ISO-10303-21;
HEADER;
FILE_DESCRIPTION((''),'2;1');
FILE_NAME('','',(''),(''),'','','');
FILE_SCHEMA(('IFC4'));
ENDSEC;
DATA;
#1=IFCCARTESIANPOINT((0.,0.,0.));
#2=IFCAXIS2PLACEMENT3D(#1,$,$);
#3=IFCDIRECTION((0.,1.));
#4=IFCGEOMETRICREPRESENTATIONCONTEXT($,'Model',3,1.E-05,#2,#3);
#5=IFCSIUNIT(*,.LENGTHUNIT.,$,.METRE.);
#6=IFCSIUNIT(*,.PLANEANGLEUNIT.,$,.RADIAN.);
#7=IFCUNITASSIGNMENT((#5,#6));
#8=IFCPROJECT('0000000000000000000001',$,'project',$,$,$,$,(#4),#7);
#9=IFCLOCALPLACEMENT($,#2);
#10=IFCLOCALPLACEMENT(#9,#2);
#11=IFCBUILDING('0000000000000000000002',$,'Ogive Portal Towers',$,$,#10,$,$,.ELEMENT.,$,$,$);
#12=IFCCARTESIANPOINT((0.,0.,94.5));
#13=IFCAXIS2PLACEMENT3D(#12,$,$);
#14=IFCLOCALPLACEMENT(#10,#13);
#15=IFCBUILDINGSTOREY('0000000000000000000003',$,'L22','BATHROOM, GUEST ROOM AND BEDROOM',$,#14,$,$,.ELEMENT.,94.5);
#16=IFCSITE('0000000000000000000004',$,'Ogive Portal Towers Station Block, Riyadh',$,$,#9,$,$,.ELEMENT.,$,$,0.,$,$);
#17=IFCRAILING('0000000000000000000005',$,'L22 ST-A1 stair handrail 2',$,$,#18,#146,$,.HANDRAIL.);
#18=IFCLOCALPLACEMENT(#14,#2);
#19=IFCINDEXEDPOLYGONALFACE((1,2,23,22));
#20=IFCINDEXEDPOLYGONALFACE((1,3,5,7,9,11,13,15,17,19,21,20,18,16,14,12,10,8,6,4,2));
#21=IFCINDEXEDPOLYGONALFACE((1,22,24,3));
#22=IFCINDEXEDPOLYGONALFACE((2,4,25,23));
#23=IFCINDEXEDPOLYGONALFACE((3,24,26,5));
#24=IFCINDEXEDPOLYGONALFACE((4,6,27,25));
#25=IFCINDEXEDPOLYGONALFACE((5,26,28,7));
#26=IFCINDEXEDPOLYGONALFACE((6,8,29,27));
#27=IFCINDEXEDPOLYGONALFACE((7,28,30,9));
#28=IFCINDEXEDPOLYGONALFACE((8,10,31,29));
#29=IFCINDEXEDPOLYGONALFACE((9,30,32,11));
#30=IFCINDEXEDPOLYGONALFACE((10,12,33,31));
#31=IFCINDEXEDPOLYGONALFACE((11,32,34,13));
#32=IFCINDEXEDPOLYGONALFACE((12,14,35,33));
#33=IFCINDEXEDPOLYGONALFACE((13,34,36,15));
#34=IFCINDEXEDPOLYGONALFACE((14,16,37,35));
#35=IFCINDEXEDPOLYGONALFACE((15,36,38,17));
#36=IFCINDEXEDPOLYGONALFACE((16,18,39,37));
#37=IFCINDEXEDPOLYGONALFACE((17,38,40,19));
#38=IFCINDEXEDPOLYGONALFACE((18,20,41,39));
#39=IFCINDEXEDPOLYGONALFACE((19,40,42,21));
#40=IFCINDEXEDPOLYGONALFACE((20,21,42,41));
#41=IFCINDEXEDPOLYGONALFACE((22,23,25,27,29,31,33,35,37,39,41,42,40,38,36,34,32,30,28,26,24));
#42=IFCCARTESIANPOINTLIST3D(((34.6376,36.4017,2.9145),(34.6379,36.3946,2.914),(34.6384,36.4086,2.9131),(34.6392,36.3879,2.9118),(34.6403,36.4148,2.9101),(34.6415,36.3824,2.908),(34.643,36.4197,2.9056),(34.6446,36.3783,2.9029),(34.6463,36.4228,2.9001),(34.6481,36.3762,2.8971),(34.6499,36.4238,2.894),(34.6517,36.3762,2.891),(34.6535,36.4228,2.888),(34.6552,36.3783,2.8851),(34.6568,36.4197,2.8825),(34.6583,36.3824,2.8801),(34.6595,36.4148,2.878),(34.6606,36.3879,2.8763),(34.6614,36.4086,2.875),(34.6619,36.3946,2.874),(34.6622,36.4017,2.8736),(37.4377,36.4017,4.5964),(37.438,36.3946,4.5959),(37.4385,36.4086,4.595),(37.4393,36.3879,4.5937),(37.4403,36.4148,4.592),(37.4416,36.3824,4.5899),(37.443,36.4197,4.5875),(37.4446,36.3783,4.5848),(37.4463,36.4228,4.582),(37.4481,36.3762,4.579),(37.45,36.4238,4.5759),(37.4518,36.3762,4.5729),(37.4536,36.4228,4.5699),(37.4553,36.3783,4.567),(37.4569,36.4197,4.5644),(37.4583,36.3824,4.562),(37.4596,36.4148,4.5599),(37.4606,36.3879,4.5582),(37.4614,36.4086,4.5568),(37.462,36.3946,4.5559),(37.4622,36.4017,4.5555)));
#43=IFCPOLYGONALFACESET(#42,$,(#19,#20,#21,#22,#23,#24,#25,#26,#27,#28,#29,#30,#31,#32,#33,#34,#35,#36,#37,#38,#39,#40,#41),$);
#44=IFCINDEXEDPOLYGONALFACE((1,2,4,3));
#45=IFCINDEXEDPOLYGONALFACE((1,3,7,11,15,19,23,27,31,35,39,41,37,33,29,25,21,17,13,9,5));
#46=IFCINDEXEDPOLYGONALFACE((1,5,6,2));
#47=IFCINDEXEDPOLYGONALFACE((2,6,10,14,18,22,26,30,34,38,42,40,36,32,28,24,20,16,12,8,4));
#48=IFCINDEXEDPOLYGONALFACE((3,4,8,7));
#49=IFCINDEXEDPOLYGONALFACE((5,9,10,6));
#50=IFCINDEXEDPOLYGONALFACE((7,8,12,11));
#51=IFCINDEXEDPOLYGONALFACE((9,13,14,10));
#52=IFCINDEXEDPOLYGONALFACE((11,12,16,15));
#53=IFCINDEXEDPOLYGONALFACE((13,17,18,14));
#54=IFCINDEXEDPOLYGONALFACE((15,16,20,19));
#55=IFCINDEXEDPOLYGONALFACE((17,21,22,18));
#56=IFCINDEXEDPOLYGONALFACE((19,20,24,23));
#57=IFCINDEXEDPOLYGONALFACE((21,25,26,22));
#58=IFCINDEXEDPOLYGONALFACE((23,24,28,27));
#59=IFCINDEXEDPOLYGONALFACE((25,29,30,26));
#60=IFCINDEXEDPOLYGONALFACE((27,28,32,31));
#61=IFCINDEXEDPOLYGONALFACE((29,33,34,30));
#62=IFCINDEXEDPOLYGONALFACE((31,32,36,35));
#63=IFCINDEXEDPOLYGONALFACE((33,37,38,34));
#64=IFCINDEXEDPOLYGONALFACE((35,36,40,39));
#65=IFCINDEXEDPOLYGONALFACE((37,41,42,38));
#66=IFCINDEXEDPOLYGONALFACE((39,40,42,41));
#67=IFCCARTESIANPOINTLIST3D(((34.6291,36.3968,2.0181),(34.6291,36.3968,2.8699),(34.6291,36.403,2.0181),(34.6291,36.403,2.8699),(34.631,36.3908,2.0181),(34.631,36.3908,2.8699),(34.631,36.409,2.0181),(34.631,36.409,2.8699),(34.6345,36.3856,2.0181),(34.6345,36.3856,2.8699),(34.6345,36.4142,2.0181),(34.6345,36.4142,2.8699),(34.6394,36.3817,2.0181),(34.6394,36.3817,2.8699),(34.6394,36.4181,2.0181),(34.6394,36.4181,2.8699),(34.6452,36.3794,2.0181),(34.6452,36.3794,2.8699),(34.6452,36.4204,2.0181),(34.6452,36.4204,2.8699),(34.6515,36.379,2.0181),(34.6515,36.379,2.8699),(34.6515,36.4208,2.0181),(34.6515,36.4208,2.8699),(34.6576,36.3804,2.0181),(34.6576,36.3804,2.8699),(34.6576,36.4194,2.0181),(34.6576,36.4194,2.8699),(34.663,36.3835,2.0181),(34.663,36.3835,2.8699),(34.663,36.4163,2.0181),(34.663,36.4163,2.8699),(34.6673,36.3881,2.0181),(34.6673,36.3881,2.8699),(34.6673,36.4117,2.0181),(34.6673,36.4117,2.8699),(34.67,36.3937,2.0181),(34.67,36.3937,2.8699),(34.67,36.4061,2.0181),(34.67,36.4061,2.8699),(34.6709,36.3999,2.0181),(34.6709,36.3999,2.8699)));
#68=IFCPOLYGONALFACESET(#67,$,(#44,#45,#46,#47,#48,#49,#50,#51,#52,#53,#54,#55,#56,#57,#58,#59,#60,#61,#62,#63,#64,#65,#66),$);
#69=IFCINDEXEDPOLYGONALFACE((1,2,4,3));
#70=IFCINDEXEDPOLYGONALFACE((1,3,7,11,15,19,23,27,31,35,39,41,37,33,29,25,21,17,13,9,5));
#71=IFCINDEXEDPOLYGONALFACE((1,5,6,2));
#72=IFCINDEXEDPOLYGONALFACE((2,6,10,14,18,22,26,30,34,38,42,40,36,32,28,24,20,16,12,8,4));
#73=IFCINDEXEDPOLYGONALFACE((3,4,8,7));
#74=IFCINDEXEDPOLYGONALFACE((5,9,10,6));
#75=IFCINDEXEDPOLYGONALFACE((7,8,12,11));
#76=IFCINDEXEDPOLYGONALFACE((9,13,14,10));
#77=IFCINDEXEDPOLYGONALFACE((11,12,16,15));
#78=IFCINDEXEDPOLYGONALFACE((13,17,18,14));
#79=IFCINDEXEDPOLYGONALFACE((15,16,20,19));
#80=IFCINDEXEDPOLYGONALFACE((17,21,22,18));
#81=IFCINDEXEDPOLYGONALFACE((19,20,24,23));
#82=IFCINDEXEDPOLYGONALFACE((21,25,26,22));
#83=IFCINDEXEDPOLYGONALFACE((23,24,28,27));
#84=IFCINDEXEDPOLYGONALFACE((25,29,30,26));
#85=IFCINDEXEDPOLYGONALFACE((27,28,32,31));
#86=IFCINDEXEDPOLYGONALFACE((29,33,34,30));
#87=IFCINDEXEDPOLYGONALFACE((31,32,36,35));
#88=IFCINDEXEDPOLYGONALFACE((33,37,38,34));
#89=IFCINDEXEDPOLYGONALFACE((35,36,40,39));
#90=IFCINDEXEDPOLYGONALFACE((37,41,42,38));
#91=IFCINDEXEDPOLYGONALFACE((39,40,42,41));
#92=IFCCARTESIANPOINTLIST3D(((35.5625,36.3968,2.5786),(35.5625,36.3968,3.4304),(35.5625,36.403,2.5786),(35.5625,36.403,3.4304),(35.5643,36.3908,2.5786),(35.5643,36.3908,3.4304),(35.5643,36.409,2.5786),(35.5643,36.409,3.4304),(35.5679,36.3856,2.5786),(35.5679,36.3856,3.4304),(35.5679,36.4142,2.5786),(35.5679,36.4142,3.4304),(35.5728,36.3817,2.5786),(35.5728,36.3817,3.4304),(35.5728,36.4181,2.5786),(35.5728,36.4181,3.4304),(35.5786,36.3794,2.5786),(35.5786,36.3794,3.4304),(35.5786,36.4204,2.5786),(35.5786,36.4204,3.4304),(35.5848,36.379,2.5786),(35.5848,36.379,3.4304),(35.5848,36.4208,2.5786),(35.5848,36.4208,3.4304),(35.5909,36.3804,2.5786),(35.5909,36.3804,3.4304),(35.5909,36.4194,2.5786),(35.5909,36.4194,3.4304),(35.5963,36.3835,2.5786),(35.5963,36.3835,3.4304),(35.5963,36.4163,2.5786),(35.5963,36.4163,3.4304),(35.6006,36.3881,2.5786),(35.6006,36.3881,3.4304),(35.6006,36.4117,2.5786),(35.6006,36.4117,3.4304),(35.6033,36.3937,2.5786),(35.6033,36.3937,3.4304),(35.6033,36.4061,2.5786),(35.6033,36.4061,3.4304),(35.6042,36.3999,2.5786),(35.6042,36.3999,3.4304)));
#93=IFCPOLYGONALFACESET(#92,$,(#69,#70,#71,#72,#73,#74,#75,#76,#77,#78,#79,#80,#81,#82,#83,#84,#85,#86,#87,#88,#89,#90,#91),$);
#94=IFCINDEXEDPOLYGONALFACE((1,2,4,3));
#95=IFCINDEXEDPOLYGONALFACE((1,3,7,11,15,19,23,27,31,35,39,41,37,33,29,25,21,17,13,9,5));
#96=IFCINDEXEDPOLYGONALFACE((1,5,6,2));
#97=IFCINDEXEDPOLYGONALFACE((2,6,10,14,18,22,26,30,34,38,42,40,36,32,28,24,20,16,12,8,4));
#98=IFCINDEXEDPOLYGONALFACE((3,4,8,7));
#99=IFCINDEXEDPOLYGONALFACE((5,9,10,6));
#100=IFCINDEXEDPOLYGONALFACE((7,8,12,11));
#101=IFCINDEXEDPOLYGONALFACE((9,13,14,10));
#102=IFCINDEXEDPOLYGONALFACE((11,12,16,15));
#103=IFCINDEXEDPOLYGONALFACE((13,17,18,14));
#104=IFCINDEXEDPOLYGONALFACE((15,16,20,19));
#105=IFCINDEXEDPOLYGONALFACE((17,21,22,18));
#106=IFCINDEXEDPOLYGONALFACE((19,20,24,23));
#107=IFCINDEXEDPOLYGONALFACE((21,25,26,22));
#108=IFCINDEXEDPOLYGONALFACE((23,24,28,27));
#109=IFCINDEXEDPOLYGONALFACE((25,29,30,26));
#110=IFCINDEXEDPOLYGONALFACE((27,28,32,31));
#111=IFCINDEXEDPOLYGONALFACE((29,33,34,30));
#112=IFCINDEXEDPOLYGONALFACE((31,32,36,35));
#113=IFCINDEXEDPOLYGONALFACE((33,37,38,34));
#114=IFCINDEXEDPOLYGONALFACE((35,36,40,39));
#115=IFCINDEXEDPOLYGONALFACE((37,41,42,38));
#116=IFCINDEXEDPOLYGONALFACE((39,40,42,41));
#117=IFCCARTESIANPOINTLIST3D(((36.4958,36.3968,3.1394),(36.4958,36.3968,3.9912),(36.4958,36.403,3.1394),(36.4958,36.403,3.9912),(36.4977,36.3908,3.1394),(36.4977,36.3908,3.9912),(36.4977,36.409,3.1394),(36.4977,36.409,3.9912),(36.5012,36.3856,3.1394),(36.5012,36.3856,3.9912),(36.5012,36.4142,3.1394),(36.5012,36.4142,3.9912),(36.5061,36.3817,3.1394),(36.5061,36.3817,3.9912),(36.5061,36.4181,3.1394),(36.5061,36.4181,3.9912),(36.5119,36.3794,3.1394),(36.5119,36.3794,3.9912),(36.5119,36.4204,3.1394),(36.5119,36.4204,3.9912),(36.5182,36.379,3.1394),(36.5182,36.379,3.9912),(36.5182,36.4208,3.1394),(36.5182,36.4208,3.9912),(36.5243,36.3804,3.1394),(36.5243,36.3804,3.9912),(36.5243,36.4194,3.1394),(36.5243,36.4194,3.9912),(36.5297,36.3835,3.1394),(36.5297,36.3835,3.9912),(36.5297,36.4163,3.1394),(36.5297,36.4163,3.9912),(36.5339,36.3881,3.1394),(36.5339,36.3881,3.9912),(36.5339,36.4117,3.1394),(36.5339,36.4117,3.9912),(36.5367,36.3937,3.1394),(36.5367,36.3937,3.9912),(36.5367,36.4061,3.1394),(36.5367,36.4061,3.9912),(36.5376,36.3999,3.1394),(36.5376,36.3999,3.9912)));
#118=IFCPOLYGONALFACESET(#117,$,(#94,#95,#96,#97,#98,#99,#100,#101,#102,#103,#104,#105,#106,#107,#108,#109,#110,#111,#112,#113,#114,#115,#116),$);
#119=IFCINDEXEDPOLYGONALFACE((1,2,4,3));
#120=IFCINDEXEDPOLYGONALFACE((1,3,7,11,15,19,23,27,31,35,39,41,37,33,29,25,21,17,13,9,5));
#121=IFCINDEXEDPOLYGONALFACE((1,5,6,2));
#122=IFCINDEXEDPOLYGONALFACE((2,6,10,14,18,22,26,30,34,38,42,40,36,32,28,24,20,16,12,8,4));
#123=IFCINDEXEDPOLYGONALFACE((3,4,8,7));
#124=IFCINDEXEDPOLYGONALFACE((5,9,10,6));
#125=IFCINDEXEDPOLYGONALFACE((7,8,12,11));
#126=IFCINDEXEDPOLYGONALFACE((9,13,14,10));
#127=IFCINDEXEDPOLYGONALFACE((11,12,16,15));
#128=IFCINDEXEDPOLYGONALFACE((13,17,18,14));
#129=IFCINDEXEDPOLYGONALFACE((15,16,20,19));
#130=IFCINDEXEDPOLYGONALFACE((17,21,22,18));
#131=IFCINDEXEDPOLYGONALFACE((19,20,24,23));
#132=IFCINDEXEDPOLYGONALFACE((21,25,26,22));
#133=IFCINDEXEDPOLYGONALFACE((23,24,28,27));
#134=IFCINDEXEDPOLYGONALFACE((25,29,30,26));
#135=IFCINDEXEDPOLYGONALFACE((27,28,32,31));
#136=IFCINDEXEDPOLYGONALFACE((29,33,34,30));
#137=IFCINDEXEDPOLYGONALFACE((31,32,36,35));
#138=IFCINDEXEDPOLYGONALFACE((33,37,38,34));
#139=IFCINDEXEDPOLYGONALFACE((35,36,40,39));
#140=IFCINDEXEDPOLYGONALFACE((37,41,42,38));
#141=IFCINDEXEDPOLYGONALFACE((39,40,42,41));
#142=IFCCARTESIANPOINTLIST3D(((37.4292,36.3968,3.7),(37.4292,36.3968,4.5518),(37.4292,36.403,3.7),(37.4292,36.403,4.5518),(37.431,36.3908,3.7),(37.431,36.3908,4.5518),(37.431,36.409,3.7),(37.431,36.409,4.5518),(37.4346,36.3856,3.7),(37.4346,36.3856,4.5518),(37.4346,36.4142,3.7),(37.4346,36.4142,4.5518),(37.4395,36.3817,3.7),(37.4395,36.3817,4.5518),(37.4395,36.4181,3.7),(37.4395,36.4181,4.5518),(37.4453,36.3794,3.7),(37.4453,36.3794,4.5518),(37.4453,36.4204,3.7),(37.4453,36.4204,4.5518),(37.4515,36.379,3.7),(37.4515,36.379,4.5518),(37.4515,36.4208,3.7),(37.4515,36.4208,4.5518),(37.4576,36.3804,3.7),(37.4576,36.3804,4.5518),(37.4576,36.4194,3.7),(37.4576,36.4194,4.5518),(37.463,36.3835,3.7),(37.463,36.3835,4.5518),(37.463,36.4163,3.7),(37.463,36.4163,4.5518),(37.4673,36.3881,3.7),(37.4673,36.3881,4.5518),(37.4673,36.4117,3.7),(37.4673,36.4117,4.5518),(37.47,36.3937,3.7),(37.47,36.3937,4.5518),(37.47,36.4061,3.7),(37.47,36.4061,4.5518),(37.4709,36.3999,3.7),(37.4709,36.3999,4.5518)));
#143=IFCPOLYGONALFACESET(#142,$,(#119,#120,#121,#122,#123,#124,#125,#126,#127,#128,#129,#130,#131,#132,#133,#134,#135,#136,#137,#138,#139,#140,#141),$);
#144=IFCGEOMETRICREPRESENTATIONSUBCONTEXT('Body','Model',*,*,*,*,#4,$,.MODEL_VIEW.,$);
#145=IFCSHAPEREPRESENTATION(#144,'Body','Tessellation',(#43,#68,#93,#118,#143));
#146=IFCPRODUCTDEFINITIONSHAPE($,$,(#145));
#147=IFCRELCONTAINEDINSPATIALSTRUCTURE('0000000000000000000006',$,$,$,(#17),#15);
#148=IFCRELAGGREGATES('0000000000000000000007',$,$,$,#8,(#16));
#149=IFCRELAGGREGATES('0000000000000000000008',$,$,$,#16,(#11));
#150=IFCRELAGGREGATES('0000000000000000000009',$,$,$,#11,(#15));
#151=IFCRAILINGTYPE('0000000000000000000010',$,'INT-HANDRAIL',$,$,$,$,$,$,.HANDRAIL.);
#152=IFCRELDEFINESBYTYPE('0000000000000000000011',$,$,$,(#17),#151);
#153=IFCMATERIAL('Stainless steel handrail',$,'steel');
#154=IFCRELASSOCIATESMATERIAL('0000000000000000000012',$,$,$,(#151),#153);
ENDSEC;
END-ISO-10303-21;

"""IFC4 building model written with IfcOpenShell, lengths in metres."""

from ifc_helpers import new_model, si_unit, direction, frame, origin, origin_2d, place, context, subcontext, project, spatial, circle, extrude, material, type_object, element, save


model = new_model("IFC4")

# Units and contexts
model_context = context("Model", 3, precision=1e-05, world=origin(), true_north=direction((0.0, 1.0)))
body_context = subcontext(model_context, "Body", "Model", "MODEL_VIEW")
ifc_project = project(units=[si_unit("LENGTHUNIT", "METRE"), si_unit("PLANEANGLEUNIT", "RADIAN")], contexts=[model_context])

# Site, building, storey
site_placement = place(None, origin())
site = spatial("IfcSite", under=ifc_project, at=site_placement, Name="Ogive Portal Towers Station Block, Riyadh", CompositionType="ELEMENT", RefElevation=0.0)
building_placement = place(site_placement, origin())
building = spatial("IfcBuilding", under=site, at=building_placement, Name="Ogive Portal Towers", CompositionType="ELEMENT")
storey_placement = place(building_placement, frame((0.0, 0.0, 94.5)))
storey = spatial("IfcBuildingStorey", under=building, at=storey_placement, Name="L22", Description="BATHROOM, GUEST ROOM AND BEDROOM", CompositionType="ELEMENT", Elevation=94.5)

# Railing
ifc_material_1 = material(Name="Stainless steel handrail", Category="steel")
railing_type_1 = type_object("IfcRailingType", Name="INT-HANDRAIL", PredefinedType="HANDRAIL", material=ifc_material_1)
railing_1_placement = place(storey_placement, frame((34.6499, 36.3999, 2.0181)))
element("IfcRailing", 1, at=railing_1_placement, inside=storey, type_object=railing_type_1, Name="L22 ST-A1 stair handrail 2", PredefinedType="HANDRAIL", context=body_context, shape_type="SweptSolid", body=[
    extrude(circle(Radius=0.0239, at=origin_2d()), frame((0.0, 0.0, 0.876), z_axis=(0.857242, 0.0, 0.514913), x_axis=(0.0, 1.0, 0.0)), (0.0, 0.0, 1.0), 3.2664),
    extrude(circle(Radius=0.021, at=origin_2d()), origin(), (0.0, 0.0, 1.0), 0.8518),
    extrude(circle(Radius=0.021, at=origin_2d()), frame((0.9333, 0.0, 0.5605)), (0.0, 0.0, 1.0), 0.8518),
    extrude(circle(Radius=0.021, at=origin_2d()), frame((1.8667, 0.0, 1.1213)), (0.0, 0.0, 1.0), 0.8518),
    extrude(circle(Radius=0.021, at=origin_2d()), frame((2.8, 0.0, 1.6819)), (0.0, 0.0, 1.0), 0.8518),
])

save(model, "model.ifc")
